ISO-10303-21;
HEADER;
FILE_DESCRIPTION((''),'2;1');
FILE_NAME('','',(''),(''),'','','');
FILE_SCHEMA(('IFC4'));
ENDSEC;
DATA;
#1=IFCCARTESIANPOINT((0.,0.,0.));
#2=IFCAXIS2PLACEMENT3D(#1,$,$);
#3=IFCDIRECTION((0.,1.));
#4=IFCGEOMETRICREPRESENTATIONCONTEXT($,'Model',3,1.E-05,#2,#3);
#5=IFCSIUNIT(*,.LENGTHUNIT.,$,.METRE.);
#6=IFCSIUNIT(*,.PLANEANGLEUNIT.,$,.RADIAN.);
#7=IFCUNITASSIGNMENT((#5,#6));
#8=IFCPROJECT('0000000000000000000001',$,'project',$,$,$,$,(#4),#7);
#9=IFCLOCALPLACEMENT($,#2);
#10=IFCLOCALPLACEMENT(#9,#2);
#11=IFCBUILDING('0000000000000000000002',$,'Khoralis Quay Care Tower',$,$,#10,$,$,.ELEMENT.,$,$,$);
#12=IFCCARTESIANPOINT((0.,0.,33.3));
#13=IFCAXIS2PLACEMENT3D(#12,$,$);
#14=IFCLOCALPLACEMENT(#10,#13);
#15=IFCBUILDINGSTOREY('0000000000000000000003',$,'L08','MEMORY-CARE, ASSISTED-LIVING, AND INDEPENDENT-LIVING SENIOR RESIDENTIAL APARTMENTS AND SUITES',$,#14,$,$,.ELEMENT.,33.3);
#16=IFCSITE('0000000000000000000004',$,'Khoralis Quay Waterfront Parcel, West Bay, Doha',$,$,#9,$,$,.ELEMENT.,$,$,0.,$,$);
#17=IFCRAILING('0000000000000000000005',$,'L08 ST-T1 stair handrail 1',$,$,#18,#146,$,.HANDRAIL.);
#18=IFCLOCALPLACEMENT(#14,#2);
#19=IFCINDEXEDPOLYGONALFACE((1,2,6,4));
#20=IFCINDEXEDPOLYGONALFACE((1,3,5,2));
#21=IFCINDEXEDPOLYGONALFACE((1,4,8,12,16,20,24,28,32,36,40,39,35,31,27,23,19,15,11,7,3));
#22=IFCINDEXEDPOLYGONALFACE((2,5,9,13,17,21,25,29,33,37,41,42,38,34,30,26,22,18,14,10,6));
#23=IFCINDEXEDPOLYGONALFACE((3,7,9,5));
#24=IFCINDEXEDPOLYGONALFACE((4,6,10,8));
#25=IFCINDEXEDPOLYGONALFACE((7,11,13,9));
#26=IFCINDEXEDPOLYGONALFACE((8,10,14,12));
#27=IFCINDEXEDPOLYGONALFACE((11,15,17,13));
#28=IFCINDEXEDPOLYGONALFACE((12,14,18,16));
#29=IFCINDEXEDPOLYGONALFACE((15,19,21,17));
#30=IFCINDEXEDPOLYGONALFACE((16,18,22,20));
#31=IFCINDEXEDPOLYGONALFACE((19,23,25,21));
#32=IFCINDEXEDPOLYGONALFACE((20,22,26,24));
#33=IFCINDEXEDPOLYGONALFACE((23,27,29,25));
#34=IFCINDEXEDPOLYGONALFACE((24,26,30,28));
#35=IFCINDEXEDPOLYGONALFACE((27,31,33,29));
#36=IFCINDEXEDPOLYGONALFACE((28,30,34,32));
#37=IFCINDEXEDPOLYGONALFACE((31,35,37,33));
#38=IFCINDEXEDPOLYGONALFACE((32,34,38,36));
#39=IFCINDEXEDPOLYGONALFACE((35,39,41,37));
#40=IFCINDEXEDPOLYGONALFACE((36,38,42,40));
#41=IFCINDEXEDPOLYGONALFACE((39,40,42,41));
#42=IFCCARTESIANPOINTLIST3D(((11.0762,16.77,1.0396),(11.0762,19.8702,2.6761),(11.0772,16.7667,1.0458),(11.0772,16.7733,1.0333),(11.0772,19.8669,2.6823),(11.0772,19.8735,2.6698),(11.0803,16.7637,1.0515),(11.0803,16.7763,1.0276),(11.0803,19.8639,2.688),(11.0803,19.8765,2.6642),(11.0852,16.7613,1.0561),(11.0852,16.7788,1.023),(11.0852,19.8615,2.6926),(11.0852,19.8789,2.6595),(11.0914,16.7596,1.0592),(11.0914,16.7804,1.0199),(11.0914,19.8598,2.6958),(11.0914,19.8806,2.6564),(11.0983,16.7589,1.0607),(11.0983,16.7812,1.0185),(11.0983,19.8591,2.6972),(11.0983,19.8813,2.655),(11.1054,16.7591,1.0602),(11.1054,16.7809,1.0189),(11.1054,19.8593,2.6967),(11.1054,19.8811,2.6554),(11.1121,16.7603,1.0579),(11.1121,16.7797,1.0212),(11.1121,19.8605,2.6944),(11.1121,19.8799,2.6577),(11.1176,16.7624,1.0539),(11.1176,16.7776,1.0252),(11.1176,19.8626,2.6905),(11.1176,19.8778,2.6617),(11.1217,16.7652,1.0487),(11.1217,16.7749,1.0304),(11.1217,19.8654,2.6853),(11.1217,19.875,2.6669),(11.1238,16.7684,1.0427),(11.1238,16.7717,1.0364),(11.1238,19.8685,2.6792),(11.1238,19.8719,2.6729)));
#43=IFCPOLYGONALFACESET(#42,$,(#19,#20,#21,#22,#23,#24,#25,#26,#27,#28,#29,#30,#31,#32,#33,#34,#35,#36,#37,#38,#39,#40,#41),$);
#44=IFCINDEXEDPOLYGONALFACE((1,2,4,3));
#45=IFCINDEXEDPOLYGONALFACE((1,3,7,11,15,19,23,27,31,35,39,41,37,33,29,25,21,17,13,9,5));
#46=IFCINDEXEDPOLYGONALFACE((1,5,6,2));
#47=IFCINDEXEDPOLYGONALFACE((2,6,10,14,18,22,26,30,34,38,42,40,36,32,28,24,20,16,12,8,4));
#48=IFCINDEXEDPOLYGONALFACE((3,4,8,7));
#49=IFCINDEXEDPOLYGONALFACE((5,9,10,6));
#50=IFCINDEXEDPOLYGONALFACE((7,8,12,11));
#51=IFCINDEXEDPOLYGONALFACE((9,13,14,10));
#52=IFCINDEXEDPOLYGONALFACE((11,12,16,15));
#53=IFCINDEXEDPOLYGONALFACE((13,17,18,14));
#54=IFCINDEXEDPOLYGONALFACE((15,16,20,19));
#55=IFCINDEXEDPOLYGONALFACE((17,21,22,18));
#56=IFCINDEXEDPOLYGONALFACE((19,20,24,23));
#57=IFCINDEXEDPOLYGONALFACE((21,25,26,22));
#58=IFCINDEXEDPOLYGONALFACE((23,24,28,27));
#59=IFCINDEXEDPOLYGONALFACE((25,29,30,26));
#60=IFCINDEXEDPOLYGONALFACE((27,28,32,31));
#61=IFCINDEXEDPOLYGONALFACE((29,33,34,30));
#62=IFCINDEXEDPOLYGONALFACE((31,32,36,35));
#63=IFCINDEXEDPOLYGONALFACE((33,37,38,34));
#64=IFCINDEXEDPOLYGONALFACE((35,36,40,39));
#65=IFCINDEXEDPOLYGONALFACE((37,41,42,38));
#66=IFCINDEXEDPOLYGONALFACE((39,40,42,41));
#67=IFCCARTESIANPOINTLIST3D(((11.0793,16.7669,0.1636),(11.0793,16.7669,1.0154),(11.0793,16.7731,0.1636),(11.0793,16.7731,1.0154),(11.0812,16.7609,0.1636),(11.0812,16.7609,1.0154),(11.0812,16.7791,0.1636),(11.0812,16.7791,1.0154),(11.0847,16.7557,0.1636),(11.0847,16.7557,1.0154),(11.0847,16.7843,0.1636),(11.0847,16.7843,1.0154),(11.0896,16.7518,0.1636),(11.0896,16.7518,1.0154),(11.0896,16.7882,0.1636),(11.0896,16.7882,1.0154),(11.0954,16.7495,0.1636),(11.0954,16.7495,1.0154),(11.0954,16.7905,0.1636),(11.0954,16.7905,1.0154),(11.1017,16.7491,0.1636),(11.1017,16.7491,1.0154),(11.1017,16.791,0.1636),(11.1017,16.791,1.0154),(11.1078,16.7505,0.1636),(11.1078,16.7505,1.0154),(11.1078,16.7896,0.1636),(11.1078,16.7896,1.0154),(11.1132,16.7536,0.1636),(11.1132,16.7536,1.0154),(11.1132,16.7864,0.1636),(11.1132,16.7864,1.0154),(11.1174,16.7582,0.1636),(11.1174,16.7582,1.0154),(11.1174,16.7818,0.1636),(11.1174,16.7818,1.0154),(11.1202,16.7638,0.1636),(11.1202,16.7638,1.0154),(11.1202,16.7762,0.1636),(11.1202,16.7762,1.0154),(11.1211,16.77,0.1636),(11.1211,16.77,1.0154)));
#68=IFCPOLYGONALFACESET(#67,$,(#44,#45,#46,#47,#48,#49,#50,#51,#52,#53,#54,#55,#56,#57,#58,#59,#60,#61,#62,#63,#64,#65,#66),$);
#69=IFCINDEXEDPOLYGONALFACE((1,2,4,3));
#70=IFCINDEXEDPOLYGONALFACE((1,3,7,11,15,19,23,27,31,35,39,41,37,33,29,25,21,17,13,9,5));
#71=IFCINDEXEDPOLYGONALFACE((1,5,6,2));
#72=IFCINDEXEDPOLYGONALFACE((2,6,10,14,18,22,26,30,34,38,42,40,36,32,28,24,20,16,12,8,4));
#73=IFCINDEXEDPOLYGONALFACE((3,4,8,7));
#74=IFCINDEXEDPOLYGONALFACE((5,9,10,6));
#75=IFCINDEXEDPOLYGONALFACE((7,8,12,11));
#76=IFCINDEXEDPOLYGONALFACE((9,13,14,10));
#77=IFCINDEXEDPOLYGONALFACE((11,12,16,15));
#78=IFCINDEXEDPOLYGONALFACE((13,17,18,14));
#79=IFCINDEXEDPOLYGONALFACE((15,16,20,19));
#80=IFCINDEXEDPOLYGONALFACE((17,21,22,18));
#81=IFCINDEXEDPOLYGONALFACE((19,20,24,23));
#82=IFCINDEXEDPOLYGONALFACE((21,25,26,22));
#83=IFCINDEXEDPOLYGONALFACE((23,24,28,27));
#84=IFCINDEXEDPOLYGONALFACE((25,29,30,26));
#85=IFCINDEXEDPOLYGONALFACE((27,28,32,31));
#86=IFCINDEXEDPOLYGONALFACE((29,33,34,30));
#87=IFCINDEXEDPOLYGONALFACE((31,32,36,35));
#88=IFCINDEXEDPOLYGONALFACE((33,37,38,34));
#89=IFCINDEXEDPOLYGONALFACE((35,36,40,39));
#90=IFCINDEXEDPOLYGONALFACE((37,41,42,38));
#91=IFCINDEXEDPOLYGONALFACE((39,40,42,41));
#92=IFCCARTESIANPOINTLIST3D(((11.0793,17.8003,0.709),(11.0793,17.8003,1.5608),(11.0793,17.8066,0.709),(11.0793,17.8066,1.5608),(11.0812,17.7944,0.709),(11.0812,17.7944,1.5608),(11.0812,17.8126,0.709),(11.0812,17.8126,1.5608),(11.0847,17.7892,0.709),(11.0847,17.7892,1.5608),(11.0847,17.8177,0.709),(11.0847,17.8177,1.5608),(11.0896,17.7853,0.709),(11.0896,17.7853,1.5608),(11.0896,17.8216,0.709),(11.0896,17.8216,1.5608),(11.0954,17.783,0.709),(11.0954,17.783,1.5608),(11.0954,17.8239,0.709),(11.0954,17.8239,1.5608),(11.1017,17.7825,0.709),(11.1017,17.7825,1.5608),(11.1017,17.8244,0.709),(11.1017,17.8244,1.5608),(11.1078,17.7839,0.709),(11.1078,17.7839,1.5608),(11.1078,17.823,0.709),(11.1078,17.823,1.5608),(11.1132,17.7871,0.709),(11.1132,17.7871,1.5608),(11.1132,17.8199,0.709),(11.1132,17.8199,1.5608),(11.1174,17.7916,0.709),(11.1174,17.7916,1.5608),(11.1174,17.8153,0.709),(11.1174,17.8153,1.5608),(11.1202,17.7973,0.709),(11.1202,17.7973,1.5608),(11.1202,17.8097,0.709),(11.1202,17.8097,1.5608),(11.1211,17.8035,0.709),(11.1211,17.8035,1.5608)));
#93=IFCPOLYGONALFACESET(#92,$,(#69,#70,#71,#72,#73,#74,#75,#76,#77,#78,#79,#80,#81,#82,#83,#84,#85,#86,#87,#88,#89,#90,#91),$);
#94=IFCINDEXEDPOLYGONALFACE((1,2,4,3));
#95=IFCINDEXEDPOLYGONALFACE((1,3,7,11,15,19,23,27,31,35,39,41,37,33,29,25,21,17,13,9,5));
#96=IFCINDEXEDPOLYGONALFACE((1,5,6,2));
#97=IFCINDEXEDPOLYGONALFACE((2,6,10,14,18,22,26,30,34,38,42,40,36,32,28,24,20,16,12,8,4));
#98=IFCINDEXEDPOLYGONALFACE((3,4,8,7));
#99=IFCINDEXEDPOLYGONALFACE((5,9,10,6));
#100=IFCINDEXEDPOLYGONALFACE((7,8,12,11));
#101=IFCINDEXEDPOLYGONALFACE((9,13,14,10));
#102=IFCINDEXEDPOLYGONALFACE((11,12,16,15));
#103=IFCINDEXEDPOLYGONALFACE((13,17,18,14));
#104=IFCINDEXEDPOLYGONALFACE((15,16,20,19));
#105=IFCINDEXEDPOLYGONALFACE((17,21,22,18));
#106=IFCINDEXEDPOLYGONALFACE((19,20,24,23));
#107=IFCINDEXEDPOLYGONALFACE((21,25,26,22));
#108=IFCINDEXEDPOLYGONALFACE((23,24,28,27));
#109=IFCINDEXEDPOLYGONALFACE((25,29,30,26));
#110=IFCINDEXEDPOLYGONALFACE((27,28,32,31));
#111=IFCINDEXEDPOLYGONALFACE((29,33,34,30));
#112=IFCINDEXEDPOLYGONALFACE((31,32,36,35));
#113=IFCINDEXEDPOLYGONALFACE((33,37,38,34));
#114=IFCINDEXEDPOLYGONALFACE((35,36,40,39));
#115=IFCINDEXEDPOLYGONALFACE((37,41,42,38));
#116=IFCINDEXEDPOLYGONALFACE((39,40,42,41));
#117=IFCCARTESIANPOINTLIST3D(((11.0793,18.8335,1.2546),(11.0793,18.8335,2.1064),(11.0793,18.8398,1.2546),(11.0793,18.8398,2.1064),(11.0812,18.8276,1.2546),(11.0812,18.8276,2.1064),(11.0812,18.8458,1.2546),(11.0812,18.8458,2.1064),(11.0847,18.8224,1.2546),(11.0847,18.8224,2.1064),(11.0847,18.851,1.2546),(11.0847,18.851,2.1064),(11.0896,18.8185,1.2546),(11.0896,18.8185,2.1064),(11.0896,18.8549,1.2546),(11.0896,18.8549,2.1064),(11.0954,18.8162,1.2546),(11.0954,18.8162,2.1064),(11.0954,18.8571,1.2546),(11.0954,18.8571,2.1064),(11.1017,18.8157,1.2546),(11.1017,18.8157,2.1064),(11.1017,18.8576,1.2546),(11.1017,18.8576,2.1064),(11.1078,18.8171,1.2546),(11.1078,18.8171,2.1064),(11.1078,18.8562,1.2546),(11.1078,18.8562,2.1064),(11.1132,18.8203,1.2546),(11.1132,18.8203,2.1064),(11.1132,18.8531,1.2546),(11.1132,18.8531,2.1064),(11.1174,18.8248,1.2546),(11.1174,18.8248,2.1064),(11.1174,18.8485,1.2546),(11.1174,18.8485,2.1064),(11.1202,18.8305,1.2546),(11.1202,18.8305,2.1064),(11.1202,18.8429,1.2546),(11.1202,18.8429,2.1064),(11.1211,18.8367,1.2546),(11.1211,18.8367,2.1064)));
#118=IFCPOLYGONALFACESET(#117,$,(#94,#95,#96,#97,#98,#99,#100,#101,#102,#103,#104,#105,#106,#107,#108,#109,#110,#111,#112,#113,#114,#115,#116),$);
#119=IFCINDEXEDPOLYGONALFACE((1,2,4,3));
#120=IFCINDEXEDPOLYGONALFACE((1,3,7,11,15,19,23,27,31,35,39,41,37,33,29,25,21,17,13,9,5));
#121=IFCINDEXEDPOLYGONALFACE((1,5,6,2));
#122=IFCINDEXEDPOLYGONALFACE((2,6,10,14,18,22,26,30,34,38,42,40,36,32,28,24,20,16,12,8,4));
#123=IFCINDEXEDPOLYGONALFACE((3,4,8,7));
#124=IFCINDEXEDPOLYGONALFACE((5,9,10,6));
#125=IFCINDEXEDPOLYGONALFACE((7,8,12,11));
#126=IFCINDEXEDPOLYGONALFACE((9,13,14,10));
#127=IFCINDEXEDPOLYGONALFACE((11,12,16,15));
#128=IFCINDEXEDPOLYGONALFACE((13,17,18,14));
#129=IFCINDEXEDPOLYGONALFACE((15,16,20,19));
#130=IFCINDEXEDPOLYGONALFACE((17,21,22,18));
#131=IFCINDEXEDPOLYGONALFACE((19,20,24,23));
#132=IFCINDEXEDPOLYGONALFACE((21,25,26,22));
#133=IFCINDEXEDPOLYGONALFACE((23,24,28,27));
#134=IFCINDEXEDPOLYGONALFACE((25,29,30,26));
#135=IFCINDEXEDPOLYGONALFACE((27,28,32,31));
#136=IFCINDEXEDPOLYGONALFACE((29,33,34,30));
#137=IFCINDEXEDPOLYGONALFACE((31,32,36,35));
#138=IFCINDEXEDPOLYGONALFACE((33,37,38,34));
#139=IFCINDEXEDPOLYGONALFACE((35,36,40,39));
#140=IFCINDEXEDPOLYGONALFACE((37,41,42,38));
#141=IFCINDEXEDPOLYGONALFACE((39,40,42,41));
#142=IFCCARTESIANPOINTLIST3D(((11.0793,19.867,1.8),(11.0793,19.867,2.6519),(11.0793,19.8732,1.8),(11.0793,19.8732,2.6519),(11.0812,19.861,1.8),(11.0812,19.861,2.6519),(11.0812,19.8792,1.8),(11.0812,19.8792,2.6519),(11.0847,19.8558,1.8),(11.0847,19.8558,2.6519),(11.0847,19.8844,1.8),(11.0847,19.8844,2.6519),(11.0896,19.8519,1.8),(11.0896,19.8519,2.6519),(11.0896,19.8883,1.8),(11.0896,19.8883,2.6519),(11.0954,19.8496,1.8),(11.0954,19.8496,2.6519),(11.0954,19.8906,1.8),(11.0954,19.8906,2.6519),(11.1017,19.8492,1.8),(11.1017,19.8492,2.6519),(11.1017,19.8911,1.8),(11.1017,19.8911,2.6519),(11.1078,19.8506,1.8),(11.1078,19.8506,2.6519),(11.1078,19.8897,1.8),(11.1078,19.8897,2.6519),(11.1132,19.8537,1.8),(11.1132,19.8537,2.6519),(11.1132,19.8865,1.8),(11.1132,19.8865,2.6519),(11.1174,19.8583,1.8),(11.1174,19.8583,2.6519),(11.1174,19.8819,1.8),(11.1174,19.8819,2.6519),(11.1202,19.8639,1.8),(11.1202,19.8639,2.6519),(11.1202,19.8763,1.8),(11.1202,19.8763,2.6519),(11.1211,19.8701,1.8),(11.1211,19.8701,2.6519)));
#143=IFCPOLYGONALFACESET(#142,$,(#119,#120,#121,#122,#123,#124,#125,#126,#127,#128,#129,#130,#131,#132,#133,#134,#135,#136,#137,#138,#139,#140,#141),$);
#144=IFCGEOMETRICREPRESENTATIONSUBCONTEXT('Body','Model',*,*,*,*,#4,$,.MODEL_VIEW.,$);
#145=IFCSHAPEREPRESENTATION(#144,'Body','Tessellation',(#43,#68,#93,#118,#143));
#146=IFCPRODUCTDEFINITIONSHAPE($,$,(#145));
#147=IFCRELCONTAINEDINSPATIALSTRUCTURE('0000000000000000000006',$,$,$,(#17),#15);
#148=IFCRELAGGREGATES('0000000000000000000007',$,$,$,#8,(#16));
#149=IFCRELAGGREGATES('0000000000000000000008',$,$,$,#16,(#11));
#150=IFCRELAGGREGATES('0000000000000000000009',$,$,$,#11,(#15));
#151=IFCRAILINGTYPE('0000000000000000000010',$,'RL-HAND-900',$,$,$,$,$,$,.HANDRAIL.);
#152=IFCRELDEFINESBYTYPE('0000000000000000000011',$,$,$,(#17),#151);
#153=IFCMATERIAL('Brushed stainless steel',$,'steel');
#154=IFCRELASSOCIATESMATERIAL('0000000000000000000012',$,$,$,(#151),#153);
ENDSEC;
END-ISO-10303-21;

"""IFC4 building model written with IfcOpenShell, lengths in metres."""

from ifc_helpers import new_model, si_unit, direction, frame, origin, origin_2d, place, context, subcontext, project, spatial, circle, extrude, material, type_object, element, save


model = new_model("IFC4")

# Units and contexts
model_context = context("Model", 3, precision=1e-05, world=origin(), true_north=direction((0.0, 1.0)))
body_context = subcontext(model_context, "Body", "Model", "MODEL_VIEW")
ifc_project = project(units=[si_unit("LENGTHUNIT", "METRE"), si_unit("PLANEANGLEUNIT", "RADIAN")], contexts=[model_context])

# Site, building, storey
site_placement = place(None, origin())
site = spatial("IfcSite", under=ifc_project, at=site_placement, Name="Khoralis Quay Waterfront Parcel, West Bay, Doha", CompositionType="ELEMENT", RefElevation=0.0)
building_placement = place(site_placement, origin())
building = spatial("IfcBuilding", under=site, at=building_placement, Name="Khoralis Quay Care Tower", CompositionType="ELEMENT")
storey_placement = place(building_placement, frame((0.0, 0.0, 33.3)))
storey = spatial("IfcBuildingStorey", under=building, at=storey_placement, Name="L08", Description="MEMORY-CARE, ASSISTED-LIVING, AND INDEPENDENT-LIVING SENIOR RESIDENTIAL APARTMENTS AND SUITES", CompositionType="ELEMENT", Elevation=33.3)

# Shared definitions
ifc_material_1 = material(Name="Brushed stainless steel", Category="steel")

# Railing
railing_type_1 = type_object("IfcRailingType", Name="RL-HAND-900", PredefinedType="HANDRAIL", material=ifc_material_1)
railing_1_placement = place(storey_placement, frame((11.1001, 16.77, 0.1636)))
element("IfcRailing", 1, at=railing_1_placement, inside=storey, type_object=railing_type_1, Name="L08 ST-T1 stair handrail 1", PredefinedType="HANDRAIL", context=body_context, shape_type="SweptSolid", body=[
    extrude(circle(Radius=0.0239, at=origin_2d()), frame((0.0, 0.0, 0.876), z_axis=(0.0, 0.884348, 0.466828), x_axis=(-1.0, 0.0, 0.0)), (0.0, 0.0, 1.0), 3.5056),
    extrude(circle(Radius=0.021, at=origin_2d()), origin(), (0.0, 0.0, 1.0), 0.8518),
    extrude(circle(Radius=0.021, at=origin_2d()), frame((0.0, 1.0334, 0.5454)), (0.0, 0.0, 1.0), 0.8518),
    extrude(circle(Radius=0.021, at=origin_2d()), frame((0.0, 2.0667, 1.0911)), (0.0, 0.0, 1.0), 0.8518),
    extrude(circle(Radius=0.021, at=origin_2d()), frame((0.0, 3.1001, 1.6365)), (0.0, 0.0, 1.0), 0.8518),
])

save(model, "model.ifc")
